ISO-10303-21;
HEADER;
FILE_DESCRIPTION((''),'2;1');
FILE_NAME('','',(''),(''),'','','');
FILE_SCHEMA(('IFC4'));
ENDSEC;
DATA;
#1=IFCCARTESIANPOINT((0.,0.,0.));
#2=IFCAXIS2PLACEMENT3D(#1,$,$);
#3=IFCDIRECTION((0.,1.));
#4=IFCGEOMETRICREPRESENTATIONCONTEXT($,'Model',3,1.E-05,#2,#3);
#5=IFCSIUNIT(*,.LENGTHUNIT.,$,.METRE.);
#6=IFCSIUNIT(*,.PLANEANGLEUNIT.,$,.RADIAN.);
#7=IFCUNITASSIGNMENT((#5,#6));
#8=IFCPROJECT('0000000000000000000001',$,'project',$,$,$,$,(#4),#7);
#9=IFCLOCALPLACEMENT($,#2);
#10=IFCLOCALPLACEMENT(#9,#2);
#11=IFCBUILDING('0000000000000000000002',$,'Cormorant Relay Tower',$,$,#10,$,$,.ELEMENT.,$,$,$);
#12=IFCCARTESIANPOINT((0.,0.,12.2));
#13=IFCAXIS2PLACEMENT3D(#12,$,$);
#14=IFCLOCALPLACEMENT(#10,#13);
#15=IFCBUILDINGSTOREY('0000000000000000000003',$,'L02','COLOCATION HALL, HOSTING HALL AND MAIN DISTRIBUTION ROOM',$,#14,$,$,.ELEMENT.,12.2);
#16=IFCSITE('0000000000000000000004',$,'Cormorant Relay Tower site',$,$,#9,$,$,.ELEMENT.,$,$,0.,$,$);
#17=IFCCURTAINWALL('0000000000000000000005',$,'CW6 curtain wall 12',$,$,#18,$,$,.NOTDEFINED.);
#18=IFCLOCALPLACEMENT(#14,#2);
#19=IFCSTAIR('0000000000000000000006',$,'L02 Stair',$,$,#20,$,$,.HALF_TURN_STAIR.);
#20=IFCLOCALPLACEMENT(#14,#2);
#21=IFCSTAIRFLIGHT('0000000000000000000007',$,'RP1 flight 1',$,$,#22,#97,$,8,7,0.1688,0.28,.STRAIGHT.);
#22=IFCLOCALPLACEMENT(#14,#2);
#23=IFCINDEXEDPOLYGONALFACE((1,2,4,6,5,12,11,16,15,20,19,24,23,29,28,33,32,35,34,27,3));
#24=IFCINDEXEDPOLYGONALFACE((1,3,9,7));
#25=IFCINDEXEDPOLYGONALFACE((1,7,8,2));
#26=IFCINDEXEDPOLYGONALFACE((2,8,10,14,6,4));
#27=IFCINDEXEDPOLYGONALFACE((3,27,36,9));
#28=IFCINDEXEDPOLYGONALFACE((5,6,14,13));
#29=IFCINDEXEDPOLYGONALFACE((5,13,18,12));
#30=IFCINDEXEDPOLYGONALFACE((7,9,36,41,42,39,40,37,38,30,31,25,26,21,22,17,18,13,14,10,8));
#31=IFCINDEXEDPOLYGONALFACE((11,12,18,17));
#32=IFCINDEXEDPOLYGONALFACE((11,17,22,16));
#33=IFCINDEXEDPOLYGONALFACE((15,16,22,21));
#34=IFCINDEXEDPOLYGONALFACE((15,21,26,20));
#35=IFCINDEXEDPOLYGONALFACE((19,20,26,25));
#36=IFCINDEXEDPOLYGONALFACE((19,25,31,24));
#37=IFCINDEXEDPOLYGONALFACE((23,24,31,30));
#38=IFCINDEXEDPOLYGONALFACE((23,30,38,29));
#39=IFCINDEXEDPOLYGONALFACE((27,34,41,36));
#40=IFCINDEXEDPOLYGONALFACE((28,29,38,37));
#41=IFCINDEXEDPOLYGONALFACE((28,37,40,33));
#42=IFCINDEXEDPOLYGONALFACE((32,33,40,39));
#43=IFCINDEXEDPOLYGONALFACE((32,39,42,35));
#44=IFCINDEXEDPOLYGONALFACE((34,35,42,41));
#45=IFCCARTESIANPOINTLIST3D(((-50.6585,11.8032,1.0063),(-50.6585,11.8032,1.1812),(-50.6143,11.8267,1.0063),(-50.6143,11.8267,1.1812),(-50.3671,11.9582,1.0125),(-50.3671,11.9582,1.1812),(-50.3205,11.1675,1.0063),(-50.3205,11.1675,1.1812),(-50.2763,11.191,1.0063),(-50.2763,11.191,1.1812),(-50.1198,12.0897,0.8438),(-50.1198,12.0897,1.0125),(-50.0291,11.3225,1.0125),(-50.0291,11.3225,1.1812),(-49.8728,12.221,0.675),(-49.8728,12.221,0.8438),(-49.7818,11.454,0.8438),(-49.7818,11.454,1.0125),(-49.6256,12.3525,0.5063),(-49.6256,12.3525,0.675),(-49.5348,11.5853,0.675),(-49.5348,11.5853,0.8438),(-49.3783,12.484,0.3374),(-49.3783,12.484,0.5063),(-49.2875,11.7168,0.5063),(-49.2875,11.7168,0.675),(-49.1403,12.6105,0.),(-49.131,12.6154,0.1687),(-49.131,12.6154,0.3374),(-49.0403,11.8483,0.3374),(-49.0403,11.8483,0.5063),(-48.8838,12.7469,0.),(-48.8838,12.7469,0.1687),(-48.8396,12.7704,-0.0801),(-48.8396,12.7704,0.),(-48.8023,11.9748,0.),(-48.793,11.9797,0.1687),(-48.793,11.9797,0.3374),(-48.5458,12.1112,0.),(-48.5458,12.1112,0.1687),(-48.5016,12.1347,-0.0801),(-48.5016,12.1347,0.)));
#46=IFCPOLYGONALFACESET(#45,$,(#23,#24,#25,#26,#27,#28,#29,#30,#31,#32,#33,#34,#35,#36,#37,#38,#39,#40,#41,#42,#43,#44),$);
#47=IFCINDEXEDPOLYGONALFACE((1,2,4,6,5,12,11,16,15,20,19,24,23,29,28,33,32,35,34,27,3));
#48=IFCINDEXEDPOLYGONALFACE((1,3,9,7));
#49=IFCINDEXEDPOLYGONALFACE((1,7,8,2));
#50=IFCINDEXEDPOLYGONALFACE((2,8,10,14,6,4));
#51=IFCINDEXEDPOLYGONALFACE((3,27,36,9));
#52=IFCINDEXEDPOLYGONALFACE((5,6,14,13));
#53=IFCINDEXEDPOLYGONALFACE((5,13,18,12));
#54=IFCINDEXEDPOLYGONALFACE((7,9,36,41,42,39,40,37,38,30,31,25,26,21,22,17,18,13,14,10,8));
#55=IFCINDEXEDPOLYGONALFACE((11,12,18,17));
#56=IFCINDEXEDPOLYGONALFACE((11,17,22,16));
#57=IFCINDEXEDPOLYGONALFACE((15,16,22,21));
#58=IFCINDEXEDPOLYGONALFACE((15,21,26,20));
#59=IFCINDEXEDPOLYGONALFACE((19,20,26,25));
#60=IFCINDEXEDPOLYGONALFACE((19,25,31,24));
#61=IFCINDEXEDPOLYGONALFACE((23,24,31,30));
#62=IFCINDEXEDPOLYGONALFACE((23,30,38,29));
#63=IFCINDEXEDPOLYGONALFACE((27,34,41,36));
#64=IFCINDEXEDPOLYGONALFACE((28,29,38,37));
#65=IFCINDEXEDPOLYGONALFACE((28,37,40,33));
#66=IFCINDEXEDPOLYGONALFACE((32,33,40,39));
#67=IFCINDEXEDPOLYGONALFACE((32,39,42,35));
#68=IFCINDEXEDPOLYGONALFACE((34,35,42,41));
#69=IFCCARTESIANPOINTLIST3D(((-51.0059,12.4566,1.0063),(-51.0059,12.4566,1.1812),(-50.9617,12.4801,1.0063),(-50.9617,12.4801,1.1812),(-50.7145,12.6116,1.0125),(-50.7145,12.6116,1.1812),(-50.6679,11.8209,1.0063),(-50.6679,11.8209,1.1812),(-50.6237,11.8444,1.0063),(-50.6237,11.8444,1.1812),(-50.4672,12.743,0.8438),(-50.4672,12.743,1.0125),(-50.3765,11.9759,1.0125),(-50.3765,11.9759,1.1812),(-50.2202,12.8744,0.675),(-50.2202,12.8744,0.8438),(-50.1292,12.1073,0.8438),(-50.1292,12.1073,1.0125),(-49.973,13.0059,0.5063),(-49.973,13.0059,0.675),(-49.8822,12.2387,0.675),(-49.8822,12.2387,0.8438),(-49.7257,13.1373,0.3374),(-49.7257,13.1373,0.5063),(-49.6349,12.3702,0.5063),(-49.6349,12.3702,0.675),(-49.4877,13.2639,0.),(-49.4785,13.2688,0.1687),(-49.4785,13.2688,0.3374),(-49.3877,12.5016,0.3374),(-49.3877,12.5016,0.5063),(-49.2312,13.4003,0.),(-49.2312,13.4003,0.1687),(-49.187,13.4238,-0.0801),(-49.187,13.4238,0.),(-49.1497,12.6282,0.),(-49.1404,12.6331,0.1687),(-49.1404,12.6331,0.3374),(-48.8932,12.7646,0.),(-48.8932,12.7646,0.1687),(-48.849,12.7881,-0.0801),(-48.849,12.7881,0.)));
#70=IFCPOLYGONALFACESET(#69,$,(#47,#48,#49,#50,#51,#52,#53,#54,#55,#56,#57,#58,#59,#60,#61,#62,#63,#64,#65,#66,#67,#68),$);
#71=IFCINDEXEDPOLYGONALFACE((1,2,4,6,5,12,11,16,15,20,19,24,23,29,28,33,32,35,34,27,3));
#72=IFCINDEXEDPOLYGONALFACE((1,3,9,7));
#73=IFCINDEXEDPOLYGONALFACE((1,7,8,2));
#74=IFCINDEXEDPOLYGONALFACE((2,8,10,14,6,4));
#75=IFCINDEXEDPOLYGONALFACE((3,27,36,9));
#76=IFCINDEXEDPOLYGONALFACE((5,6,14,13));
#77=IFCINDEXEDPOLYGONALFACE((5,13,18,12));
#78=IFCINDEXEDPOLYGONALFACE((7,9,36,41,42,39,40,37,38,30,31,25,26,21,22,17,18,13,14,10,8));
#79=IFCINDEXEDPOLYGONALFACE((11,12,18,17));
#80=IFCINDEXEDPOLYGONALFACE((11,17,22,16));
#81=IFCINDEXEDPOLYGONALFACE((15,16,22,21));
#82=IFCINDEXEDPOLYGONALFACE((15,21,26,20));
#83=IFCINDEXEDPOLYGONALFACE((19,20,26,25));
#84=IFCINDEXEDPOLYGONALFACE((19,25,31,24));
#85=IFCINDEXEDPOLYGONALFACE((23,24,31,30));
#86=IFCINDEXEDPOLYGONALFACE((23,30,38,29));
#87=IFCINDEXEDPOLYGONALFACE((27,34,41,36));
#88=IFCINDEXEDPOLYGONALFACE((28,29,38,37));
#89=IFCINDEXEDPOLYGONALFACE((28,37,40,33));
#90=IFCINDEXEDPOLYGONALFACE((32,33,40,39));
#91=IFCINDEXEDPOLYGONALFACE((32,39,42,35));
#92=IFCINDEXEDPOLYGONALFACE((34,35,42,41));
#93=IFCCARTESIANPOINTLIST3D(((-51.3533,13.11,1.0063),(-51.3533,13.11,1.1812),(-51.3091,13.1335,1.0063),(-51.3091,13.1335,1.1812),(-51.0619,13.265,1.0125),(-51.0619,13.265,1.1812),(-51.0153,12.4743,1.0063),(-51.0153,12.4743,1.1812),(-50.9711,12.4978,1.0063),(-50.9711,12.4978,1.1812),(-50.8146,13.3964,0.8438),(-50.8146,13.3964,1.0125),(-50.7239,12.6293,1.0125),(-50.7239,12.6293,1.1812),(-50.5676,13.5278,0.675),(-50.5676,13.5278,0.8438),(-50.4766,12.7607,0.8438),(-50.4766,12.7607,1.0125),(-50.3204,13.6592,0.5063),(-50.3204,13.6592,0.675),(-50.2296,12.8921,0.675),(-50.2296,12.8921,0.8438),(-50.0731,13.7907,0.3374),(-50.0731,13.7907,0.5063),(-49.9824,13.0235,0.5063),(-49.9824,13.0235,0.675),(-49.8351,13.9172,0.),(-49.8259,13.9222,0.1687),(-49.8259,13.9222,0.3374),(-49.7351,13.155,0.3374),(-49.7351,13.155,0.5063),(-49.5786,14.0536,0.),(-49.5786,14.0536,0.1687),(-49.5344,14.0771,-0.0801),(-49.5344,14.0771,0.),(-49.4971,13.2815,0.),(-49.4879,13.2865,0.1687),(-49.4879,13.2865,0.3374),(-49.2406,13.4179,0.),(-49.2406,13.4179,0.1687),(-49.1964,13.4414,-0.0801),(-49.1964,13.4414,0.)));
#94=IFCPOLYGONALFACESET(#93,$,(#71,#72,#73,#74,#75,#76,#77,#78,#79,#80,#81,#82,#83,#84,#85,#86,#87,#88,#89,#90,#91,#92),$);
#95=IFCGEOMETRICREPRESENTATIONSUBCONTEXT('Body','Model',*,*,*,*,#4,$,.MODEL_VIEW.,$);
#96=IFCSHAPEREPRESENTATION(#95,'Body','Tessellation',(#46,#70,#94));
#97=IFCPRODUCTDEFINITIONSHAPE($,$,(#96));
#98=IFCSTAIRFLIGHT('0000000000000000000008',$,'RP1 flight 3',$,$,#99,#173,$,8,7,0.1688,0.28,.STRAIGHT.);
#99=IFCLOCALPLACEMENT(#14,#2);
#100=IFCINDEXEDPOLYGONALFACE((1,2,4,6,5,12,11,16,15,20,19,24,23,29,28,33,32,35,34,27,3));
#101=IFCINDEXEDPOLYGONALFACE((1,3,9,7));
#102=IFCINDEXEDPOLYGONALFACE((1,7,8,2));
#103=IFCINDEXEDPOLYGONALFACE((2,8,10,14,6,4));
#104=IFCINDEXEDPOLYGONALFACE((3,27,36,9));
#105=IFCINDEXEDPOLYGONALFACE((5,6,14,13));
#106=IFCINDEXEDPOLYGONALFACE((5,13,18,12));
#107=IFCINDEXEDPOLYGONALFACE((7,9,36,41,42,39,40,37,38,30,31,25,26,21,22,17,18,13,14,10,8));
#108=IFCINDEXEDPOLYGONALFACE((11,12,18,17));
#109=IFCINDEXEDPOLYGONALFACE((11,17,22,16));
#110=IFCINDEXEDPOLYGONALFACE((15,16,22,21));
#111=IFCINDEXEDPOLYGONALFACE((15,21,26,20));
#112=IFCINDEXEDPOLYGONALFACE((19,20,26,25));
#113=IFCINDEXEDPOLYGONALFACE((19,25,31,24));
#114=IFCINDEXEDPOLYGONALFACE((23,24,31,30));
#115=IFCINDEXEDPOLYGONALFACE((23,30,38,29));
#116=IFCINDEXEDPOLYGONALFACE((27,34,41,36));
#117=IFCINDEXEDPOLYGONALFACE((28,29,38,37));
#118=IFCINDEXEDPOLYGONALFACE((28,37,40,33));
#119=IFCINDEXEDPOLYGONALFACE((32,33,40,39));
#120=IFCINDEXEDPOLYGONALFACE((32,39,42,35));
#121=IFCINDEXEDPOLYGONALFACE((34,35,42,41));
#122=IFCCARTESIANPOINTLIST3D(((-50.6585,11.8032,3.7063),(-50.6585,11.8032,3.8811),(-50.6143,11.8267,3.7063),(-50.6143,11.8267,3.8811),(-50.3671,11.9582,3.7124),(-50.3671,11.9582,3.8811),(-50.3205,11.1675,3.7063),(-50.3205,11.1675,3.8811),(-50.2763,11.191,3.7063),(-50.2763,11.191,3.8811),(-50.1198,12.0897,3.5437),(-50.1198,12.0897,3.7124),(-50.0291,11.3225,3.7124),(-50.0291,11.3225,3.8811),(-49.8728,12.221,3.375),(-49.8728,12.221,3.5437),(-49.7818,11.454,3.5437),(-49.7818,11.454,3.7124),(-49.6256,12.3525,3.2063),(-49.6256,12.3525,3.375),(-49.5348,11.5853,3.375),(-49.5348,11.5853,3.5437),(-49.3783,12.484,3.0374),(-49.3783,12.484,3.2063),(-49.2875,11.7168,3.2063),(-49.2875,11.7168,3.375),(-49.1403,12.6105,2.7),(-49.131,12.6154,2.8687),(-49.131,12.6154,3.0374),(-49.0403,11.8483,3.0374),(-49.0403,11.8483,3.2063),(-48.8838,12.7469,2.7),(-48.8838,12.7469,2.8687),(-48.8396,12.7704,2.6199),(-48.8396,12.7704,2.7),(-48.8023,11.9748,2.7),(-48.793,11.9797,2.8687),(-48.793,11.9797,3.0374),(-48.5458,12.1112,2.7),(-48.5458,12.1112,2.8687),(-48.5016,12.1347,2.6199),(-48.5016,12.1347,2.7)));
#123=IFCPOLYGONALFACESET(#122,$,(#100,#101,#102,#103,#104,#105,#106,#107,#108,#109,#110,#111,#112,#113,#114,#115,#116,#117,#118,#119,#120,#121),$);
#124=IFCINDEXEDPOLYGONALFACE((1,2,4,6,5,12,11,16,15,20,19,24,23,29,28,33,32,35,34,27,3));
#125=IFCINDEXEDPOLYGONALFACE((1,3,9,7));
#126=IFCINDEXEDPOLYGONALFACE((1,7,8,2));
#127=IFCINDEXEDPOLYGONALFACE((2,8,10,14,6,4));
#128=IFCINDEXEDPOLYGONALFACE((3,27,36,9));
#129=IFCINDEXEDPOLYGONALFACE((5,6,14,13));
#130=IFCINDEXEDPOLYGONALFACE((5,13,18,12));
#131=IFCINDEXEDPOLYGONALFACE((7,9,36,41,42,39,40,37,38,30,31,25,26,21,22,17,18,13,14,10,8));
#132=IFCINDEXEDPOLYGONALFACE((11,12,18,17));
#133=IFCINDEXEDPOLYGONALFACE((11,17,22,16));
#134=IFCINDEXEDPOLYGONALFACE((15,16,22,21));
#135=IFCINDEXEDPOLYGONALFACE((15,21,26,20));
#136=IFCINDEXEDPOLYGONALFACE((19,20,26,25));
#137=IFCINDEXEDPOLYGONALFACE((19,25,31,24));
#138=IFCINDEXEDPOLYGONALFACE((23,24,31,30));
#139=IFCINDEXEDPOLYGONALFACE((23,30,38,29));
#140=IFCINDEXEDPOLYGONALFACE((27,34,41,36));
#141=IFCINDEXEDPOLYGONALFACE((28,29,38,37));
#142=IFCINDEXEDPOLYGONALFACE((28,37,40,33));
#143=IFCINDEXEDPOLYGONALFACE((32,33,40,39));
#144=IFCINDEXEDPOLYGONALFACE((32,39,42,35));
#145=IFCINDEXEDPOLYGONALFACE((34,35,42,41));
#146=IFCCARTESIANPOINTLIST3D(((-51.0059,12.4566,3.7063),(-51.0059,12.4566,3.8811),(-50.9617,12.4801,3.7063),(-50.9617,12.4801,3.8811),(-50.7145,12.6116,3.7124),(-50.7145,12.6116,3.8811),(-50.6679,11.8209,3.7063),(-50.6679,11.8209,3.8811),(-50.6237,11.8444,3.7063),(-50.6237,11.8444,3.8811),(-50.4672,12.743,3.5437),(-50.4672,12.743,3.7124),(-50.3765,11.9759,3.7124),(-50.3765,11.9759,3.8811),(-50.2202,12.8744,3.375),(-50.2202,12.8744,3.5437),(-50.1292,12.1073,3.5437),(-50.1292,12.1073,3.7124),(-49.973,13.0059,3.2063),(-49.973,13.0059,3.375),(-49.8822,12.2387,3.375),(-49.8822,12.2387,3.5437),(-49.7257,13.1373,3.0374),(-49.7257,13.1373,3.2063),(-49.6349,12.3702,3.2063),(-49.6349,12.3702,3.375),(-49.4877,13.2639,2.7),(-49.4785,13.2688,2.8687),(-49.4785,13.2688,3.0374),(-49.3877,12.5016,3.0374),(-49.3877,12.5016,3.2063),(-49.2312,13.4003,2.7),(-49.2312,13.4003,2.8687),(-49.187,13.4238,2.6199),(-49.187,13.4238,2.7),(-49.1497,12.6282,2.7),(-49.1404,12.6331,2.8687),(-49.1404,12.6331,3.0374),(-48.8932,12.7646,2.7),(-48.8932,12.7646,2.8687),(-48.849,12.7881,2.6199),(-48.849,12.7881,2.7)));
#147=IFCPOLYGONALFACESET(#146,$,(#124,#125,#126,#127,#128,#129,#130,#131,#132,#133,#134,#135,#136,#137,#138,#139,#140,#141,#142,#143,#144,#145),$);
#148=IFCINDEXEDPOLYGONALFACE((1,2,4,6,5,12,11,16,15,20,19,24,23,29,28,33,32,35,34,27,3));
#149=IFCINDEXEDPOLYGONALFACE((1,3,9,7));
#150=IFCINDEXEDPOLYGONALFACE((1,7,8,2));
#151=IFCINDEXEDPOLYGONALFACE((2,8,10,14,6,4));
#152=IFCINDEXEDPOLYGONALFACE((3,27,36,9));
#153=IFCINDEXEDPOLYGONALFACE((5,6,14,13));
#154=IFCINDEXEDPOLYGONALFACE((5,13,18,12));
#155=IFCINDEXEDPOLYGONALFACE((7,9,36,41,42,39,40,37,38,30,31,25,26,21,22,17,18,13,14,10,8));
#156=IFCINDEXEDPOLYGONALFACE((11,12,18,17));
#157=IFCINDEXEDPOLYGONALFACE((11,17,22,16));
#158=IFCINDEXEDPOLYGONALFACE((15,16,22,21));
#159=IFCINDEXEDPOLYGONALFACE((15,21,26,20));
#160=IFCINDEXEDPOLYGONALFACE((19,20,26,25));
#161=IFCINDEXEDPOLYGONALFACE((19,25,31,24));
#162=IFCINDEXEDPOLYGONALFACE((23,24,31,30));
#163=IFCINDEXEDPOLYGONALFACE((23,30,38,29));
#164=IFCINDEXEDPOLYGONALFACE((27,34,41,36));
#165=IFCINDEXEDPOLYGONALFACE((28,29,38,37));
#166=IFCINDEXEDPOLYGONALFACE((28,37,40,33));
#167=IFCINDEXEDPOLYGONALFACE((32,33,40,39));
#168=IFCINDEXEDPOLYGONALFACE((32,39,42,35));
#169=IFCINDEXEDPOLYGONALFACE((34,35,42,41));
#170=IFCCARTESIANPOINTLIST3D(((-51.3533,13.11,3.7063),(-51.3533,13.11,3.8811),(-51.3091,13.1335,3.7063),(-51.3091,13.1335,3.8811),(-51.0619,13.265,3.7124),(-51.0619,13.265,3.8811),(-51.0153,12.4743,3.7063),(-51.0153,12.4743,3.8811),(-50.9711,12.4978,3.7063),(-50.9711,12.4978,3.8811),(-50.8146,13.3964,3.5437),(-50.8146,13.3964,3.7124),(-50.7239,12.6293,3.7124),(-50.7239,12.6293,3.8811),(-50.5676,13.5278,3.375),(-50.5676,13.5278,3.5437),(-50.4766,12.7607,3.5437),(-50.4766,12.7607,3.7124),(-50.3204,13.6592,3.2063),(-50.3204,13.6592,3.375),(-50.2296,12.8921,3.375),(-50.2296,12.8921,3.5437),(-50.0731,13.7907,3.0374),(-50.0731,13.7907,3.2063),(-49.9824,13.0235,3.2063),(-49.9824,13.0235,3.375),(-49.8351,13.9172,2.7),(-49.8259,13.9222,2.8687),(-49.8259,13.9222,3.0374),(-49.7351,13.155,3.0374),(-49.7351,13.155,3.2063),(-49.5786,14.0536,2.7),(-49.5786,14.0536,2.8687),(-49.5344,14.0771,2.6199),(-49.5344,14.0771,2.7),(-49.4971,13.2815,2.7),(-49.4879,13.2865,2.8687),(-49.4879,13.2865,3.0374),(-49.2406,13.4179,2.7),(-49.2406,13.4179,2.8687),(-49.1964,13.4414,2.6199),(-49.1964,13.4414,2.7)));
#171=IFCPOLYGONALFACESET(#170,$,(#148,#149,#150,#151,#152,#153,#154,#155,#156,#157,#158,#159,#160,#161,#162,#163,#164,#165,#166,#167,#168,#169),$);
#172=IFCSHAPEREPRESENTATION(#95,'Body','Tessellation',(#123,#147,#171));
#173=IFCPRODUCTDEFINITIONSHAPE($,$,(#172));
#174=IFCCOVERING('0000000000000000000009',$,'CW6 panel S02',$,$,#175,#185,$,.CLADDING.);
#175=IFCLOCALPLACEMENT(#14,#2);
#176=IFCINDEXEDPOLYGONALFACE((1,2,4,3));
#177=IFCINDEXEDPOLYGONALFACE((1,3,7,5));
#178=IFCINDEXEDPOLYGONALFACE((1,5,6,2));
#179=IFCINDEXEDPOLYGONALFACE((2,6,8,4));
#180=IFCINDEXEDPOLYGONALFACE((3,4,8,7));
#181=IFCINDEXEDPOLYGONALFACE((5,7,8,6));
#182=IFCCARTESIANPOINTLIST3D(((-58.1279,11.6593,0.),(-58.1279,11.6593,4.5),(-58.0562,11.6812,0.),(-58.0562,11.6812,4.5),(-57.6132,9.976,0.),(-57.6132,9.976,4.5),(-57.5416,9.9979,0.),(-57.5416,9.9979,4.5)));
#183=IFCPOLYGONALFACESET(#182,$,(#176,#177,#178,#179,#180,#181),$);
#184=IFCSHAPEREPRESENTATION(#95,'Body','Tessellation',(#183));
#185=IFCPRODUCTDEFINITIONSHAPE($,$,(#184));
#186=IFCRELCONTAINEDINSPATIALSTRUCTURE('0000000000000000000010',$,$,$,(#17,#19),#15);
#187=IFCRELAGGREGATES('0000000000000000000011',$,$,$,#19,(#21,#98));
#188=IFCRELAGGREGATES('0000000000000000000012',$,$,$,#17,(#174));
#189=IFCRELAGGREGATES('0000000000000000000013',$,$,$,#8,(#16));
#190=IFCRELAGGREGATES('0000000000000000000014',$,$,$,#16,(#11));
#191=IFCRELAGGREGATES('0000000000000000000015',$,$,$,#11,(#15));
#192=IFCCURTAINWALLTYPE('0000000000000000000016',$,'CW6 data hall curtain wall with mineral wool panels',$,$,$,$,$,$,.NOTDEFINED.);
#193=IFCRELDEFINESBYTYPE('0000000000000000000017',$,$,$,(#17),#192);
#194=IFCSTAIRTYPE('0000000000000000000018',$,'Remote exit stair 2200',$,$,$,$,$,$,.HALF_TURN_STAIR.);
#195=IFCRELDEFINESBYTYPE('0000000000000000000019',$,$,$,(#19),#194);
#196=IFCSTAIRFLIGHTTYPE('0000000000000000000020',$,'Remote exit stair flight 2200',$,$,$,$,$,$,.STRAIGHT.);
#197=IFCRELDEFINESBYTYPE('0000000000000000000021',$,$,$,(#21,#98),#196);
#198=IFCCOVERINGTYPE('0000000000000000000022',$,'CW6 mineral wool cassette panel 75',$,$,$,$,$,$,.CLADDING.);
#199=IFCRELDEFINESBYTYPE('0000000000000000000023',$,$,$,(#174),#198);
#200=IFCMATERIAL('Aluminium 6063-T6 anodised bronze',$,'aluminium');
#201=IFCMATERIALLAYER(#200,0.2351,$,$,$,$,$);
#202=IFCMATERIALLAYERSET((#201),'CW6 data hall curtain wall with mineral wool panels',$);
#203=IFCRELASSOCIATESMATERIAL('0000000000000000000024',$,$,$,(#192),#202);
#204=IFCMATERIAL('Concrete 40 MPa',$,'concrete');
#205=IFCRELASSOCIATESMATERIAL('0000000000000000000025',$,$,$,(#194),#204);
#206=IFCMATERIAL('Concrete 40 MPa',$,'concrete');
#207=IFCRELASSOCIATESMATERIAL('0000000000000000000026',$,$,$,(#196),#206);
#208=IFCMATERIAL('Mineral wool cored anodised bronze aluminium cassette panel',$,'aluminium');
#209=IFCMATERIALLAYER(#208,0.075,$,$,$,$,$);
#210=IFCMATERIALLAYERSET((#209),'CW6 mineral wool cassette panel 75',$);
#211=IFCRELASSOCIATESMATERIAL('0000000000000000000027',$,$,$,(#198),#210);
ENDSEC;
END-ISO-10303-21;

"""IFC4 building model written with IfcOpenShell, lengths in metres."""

from ifc_helpers import new_model, si_unit, direction, frame, origin, origin_2d, place, context, subcontext, project, spatial, polyline, rectangle, outline, extrude, material, layer, layer_set, type_object, element, aggregate, save


model = new_model("IFC4")

# Units and contexts
model_context = context("Model", 3, precision=1e-05, world=origin(), true_north=direction((0.0, 1.0)))
body_context = subcontext(model_context, "Body", "Model", "MODEL_VIEW")
ifc_project = project(units=[si_unit("LENGTHUNIT", "METRE"), si_unit("PLANEANGLEUNIT", "RADIAN")], contexts=[model_context])

# Site, building, storey
site_placement = place(None, origin())
site = spatial("IfcSite", under=ifc_project, at=site_placement, Name="Cormorant Relay Tower site", CompositionType="ELEMENT", RefElevation=0.0)
building_placement = place(site_placement, origin())
building = spatial("IfcBuilding", under=site, at=building_placement, Name="Cormorant Relay Tower", CompositionType="ELEMENT")
storey_placement = place(building_placement, frame((0.0, 0.0, 12.2)))
storey = spatial("IfcBuildingStorey", under=building, at=storey_placement, Name="L02", Description="COLOCATION HALL, HOSTING HALL AND MAIN DISTRIBUTION ROOM", CompositionType="ELEMENT", Elevation=12.2)

# Shared definitions
ifc_material_1 = material(Name="Aluminium 6063-T6 anodised bronze", Category="aluminium")
ifc_layer_1 = layer(ifc_material_1, 0.2351)
ifc_layer_set_1 = layer_set([ifc_layer_1], Name="CW6 data hall curtain wall with mineral wool panels")
curtain_wall_type = type_object("IfcCurtainWallType", Name="CW6 data hall curtain wall with mineral wool panels", PredefinedType="NOTDEFINED", material=ifc_layer_set_1)

# Curtain wall
curtain_wall_1_placement = place(storey_placement, origin())
curtain_wall_1 = element("IfcCurtainWall", 1, at=curtain_wall_1_placement, inside=storey, type_object=curtain_wall_type, Name="CW6 curtain wall 12", PredefinedType="NOTDEFINED")

# Stair, stair flights
ifc_material_2 = material(Name="Concrete 40 MPa", Category="concrete")
stair_type = type_object("IfcStairType", Name="Remote exit stair 2200", PredefinedType="HALF_TURN_STAIR", material=ifc_material_2)
stair_placement = place(storey_placement, origin())
stair = element("IfcStair", 2, at=stair_placement, inside=storey, type_object=stair_type, Name="L02 Stair", PredefinedType="HALF_TURN_STAIR")
ifc_material_3 = material(Name="Concrete 40 MPa", Category="concrete")
stair_flight_type = type_object("IfcStairFlightType", Name="Remote exit stair flight 2200", PredefinedType="STRAIGHT", material=ifc_material_3)
stair_flight_1_placement = place(storey_placement, frame((-49.0623, 13.0825, 0.0), z_axis=(0.0, 0.0, 1.0), x_axis=(-0.882948, -0.469472, 0.0)))
stair_flight_1 = element("IfcStairFlight", 3, at=stair_flight_1_placement, type_object=stair_flight_type, Name="RP1 flight 1", NumberOfRisers=8, NumberOfTreads=7, PredefinedType="STRAIGHT", RiserHeight=0.1688, TreadLength=0.28, context=body_context, shape_type="SweptSolid", body=[
    extrude(outline(polyline([(-0.05, -0.0801), (-0.05, 0.0), (0.0, 0.0), (0.0, 0.1687), (0.28, 0.1687), (0.28, 0.3374), (0.5601, 0.3374), (0.5601, 0.5063), (0.8401, 0.5063), (0.8401, 0.675), (1.1201, 0.675), (1.1201, 0.8438), (1.3999, 0.8438), (1.3999, 1.0125), (1.6799, 1.0125), (1.6799, 1.1812), (1.96, 1.1812), (2.01, 1.1812), (2.01, 1.0063), (1.96, 1.0063), (0.2905, 0.0), (-0.05, -0.0801)])), frame((0.0, 1.1001, 0.0), z_axis=(0.0, -1.0, 0.0), x_axis=(1.0, 0.0, 0.0)), (0.0, 0.0, 1.0), 0.72),
    extrude(outline(polyline([(-0.05, -0.0801), (-0.05, 0.0), (0.0, 0.0), (0.0, 0.1687), (0.28, 0.1687), (0.28, 0.3374), (0.5601, 0.3374), (0.5601, 0.5063), (0.8401, 0.5063), (0.8401, 0.675), (1.1201, 0.675), (1.1201, 0.8438), (1.3999, 0.8438), (1.3999, 1.0125), (1.6799, 1.0125), (1.6799, 1.1812), (1.96, 1.1812), (2.01, 1.1812), (2.01, 1.0063), (1.96, 1.0063), (0.2905, 0.0), (-0.05, -0.0801)])), frame((0.0, 0.3601, 0.0), z_axis=(0.0, -1.0, 0.0), x_axis=(1.0, 0.0, 0.0)), (0.0, 0.0, 1.0), 0.72),
    extrude(outline(polyline([(-0.05, -0.0801), (-0.05, 0.0), (0.0, 0.0), (0.0, 0.1687), (0.28, 0.1687), (0.28, 0.3374), (0.5601, 0.3374), (0.5601, 0.5063), (0.8401, 0.5063), (0.8401, 0.675), (1.1201, 0.675), (1.1201, 0.8438), (1.3999, 0.8438), (1.3999, 1.0125), (1.6799, 1.0125), (1.6799, 1.1812), (1.96, 1.1812), (2.01, 1.1812), (2.01, 1.0063), (1.96, 1.0063), (0.2905, 0.0), (-0.05, -0.0801)])), frame((0.0, -0.3799, 0.0), z_axis=(0.0, -1.0, 0.0), x_axis=(1.0, 0.0, 0.0)), (0.0, 0.0, 1.0), 0.72),
])
stair_flight_2_placement = place(storey_placement, frame((-49.0623, 13.0825, 2.7), z_axis=(0.0, 0.0, 1.0), x_axis=(-0.882948, -0.469472, 0.0)))
stair_flight_2 = element("IfcStairFlight", 4, at=stair_flight_2_placement, type_object=stair_flight_type, Name="RP1 flight 3", NumberOfRisers=8, NumberOfTreads=7, PredefinedType="STRAIGHT", RiserHeight=0.1688, TreadLength=0.28, context=body_context, shape_type="SweptSolid", body=[
    extrude(outline(polyline([(-0.05, -0.0801), (-0.05, 0.0), (0.0, 0.0), (0.0, 0.1687), (0.28, 0.1687), (0.28, 0.3374), (0.5601, 0.3374), (0.5601, 0.5063), (0.8401, 0.5063), (0.8401, 0.675), (1.1201, 0.675), (1.1201, 0.8438), (1.3999, 0.8438), (1.3999, 1.0125), (1.6799, 1.0125), (1.6799, 1.1812), (1.96, 1.1812), (2.01, 1.1812), (2.01, 1.0063), (1.96, 1.0063), (0.2905, 0.0), (-0.05, -0.0801)])), frame((0.0, 1.1001, 0.0), z_axis=(0.0, -1.0, 0.0), x_axis=(1.0, 0.0, 0.0)), (0.0, 0.0, 1.0), 0.72),
    extrude(outline(polyline([(-0.05, -0.0801), (-0.05, 0.0), (0.0, 0.0), (0.0, 0.1687), (0.28, 0.1687), (0.28, 0.3374), (0.5601, 0.3374), (0.5601, 0.5063), (0.8401, 0.5063), (0.8401, 0.675), (1.1201, 0.675), (1.1201, 0.8438), (1.3999, 0.8438), (1.3999, 1.0125), (1.6799, 1.0125), (1.6799, 1.1812), (1.96, 1.1812), (2.01, 1.1812), (2.01, 1.0063), (1.96, 1.0063), (0.2905, 0.0), (-0.05, -0.0801)])), frame((0.0, 0.3601, 0.0), z_axis=(0.0, -1.0, 0.0), x_axis=(1.0, 0.0, 0.0)), (0.0, 0.0, 1.0), 0.72),
    extrude(outline(polyline([(-0.05, -0.0801), (-0.05, 0.0), (0.0, 0.0), (0.0, 0.1687), (0.28, 0.1687), (0.28, 0.3374), (0.5601, 0.3374), (0.5601, 0.5063), (0.8401, 0.5063), (0.8401, 0.675), (1.1201, 0.675), (1.1201, 0.8438), (1.3999, 0.8438), (1.3999, 1.0125), (1.6799, 1.0125), (1.6799, 1.1812), (1.96, 1.1812), (2.01, 1.1812), (2.01, 1.0063), (1.96, 1.0063), (0.2905, 0.0), (-0.05, -0.0801)])), frame((0.0, -0.3799, 0.0), z_axis=(0.0, -1.0, 0.0), x_axis=(1.0, 0.0, 0.0)), (0.0, 0.0, 1.0), 0.72),
])
aggregate(stair, [stair_flight_1, stair_flight_2])

# Covering
ifc_material_4 = material(Name="Mineral wool cored anodised bronze aluminium cassette panel", Category="aluminium")
ifc_layer_2 = layer(ifc_material_4, 0.075)
ifc_layer_set_2 = layer_set([ifc_layer_2], Name="CW6 mineral wool cassette panel 75")
covering_type = type_object("IfcCoveringType", Name="CW6 mineral wool cassette panel 75", PredefinedType="CLADDING", material=ifc_layer_set_2)
covering_1_placement = place(storey_placement, frame((-57.8347, 10.8286, 0.0), z_axis=(0.0, 0.0, 1.0), x_axis=(0.292372, -0.956305, 0.0)))
covering_1 = element("IfcCovering", 5, at=covering_1_placement, type_object=covering_type, Name="CW6 panel S02", PredefinedType="CLADDING", context=body_context, shape_type="SweptSolid", body=[
    extrude(rectangle(XDim=1.7603, YDim=0.075, at=origin_2d()), origin(), (0.0, 0.0, 1.0), 4.5),
])
aggregate(curtain_wall_1, [covering_1])

save(model, "model.ifc")
